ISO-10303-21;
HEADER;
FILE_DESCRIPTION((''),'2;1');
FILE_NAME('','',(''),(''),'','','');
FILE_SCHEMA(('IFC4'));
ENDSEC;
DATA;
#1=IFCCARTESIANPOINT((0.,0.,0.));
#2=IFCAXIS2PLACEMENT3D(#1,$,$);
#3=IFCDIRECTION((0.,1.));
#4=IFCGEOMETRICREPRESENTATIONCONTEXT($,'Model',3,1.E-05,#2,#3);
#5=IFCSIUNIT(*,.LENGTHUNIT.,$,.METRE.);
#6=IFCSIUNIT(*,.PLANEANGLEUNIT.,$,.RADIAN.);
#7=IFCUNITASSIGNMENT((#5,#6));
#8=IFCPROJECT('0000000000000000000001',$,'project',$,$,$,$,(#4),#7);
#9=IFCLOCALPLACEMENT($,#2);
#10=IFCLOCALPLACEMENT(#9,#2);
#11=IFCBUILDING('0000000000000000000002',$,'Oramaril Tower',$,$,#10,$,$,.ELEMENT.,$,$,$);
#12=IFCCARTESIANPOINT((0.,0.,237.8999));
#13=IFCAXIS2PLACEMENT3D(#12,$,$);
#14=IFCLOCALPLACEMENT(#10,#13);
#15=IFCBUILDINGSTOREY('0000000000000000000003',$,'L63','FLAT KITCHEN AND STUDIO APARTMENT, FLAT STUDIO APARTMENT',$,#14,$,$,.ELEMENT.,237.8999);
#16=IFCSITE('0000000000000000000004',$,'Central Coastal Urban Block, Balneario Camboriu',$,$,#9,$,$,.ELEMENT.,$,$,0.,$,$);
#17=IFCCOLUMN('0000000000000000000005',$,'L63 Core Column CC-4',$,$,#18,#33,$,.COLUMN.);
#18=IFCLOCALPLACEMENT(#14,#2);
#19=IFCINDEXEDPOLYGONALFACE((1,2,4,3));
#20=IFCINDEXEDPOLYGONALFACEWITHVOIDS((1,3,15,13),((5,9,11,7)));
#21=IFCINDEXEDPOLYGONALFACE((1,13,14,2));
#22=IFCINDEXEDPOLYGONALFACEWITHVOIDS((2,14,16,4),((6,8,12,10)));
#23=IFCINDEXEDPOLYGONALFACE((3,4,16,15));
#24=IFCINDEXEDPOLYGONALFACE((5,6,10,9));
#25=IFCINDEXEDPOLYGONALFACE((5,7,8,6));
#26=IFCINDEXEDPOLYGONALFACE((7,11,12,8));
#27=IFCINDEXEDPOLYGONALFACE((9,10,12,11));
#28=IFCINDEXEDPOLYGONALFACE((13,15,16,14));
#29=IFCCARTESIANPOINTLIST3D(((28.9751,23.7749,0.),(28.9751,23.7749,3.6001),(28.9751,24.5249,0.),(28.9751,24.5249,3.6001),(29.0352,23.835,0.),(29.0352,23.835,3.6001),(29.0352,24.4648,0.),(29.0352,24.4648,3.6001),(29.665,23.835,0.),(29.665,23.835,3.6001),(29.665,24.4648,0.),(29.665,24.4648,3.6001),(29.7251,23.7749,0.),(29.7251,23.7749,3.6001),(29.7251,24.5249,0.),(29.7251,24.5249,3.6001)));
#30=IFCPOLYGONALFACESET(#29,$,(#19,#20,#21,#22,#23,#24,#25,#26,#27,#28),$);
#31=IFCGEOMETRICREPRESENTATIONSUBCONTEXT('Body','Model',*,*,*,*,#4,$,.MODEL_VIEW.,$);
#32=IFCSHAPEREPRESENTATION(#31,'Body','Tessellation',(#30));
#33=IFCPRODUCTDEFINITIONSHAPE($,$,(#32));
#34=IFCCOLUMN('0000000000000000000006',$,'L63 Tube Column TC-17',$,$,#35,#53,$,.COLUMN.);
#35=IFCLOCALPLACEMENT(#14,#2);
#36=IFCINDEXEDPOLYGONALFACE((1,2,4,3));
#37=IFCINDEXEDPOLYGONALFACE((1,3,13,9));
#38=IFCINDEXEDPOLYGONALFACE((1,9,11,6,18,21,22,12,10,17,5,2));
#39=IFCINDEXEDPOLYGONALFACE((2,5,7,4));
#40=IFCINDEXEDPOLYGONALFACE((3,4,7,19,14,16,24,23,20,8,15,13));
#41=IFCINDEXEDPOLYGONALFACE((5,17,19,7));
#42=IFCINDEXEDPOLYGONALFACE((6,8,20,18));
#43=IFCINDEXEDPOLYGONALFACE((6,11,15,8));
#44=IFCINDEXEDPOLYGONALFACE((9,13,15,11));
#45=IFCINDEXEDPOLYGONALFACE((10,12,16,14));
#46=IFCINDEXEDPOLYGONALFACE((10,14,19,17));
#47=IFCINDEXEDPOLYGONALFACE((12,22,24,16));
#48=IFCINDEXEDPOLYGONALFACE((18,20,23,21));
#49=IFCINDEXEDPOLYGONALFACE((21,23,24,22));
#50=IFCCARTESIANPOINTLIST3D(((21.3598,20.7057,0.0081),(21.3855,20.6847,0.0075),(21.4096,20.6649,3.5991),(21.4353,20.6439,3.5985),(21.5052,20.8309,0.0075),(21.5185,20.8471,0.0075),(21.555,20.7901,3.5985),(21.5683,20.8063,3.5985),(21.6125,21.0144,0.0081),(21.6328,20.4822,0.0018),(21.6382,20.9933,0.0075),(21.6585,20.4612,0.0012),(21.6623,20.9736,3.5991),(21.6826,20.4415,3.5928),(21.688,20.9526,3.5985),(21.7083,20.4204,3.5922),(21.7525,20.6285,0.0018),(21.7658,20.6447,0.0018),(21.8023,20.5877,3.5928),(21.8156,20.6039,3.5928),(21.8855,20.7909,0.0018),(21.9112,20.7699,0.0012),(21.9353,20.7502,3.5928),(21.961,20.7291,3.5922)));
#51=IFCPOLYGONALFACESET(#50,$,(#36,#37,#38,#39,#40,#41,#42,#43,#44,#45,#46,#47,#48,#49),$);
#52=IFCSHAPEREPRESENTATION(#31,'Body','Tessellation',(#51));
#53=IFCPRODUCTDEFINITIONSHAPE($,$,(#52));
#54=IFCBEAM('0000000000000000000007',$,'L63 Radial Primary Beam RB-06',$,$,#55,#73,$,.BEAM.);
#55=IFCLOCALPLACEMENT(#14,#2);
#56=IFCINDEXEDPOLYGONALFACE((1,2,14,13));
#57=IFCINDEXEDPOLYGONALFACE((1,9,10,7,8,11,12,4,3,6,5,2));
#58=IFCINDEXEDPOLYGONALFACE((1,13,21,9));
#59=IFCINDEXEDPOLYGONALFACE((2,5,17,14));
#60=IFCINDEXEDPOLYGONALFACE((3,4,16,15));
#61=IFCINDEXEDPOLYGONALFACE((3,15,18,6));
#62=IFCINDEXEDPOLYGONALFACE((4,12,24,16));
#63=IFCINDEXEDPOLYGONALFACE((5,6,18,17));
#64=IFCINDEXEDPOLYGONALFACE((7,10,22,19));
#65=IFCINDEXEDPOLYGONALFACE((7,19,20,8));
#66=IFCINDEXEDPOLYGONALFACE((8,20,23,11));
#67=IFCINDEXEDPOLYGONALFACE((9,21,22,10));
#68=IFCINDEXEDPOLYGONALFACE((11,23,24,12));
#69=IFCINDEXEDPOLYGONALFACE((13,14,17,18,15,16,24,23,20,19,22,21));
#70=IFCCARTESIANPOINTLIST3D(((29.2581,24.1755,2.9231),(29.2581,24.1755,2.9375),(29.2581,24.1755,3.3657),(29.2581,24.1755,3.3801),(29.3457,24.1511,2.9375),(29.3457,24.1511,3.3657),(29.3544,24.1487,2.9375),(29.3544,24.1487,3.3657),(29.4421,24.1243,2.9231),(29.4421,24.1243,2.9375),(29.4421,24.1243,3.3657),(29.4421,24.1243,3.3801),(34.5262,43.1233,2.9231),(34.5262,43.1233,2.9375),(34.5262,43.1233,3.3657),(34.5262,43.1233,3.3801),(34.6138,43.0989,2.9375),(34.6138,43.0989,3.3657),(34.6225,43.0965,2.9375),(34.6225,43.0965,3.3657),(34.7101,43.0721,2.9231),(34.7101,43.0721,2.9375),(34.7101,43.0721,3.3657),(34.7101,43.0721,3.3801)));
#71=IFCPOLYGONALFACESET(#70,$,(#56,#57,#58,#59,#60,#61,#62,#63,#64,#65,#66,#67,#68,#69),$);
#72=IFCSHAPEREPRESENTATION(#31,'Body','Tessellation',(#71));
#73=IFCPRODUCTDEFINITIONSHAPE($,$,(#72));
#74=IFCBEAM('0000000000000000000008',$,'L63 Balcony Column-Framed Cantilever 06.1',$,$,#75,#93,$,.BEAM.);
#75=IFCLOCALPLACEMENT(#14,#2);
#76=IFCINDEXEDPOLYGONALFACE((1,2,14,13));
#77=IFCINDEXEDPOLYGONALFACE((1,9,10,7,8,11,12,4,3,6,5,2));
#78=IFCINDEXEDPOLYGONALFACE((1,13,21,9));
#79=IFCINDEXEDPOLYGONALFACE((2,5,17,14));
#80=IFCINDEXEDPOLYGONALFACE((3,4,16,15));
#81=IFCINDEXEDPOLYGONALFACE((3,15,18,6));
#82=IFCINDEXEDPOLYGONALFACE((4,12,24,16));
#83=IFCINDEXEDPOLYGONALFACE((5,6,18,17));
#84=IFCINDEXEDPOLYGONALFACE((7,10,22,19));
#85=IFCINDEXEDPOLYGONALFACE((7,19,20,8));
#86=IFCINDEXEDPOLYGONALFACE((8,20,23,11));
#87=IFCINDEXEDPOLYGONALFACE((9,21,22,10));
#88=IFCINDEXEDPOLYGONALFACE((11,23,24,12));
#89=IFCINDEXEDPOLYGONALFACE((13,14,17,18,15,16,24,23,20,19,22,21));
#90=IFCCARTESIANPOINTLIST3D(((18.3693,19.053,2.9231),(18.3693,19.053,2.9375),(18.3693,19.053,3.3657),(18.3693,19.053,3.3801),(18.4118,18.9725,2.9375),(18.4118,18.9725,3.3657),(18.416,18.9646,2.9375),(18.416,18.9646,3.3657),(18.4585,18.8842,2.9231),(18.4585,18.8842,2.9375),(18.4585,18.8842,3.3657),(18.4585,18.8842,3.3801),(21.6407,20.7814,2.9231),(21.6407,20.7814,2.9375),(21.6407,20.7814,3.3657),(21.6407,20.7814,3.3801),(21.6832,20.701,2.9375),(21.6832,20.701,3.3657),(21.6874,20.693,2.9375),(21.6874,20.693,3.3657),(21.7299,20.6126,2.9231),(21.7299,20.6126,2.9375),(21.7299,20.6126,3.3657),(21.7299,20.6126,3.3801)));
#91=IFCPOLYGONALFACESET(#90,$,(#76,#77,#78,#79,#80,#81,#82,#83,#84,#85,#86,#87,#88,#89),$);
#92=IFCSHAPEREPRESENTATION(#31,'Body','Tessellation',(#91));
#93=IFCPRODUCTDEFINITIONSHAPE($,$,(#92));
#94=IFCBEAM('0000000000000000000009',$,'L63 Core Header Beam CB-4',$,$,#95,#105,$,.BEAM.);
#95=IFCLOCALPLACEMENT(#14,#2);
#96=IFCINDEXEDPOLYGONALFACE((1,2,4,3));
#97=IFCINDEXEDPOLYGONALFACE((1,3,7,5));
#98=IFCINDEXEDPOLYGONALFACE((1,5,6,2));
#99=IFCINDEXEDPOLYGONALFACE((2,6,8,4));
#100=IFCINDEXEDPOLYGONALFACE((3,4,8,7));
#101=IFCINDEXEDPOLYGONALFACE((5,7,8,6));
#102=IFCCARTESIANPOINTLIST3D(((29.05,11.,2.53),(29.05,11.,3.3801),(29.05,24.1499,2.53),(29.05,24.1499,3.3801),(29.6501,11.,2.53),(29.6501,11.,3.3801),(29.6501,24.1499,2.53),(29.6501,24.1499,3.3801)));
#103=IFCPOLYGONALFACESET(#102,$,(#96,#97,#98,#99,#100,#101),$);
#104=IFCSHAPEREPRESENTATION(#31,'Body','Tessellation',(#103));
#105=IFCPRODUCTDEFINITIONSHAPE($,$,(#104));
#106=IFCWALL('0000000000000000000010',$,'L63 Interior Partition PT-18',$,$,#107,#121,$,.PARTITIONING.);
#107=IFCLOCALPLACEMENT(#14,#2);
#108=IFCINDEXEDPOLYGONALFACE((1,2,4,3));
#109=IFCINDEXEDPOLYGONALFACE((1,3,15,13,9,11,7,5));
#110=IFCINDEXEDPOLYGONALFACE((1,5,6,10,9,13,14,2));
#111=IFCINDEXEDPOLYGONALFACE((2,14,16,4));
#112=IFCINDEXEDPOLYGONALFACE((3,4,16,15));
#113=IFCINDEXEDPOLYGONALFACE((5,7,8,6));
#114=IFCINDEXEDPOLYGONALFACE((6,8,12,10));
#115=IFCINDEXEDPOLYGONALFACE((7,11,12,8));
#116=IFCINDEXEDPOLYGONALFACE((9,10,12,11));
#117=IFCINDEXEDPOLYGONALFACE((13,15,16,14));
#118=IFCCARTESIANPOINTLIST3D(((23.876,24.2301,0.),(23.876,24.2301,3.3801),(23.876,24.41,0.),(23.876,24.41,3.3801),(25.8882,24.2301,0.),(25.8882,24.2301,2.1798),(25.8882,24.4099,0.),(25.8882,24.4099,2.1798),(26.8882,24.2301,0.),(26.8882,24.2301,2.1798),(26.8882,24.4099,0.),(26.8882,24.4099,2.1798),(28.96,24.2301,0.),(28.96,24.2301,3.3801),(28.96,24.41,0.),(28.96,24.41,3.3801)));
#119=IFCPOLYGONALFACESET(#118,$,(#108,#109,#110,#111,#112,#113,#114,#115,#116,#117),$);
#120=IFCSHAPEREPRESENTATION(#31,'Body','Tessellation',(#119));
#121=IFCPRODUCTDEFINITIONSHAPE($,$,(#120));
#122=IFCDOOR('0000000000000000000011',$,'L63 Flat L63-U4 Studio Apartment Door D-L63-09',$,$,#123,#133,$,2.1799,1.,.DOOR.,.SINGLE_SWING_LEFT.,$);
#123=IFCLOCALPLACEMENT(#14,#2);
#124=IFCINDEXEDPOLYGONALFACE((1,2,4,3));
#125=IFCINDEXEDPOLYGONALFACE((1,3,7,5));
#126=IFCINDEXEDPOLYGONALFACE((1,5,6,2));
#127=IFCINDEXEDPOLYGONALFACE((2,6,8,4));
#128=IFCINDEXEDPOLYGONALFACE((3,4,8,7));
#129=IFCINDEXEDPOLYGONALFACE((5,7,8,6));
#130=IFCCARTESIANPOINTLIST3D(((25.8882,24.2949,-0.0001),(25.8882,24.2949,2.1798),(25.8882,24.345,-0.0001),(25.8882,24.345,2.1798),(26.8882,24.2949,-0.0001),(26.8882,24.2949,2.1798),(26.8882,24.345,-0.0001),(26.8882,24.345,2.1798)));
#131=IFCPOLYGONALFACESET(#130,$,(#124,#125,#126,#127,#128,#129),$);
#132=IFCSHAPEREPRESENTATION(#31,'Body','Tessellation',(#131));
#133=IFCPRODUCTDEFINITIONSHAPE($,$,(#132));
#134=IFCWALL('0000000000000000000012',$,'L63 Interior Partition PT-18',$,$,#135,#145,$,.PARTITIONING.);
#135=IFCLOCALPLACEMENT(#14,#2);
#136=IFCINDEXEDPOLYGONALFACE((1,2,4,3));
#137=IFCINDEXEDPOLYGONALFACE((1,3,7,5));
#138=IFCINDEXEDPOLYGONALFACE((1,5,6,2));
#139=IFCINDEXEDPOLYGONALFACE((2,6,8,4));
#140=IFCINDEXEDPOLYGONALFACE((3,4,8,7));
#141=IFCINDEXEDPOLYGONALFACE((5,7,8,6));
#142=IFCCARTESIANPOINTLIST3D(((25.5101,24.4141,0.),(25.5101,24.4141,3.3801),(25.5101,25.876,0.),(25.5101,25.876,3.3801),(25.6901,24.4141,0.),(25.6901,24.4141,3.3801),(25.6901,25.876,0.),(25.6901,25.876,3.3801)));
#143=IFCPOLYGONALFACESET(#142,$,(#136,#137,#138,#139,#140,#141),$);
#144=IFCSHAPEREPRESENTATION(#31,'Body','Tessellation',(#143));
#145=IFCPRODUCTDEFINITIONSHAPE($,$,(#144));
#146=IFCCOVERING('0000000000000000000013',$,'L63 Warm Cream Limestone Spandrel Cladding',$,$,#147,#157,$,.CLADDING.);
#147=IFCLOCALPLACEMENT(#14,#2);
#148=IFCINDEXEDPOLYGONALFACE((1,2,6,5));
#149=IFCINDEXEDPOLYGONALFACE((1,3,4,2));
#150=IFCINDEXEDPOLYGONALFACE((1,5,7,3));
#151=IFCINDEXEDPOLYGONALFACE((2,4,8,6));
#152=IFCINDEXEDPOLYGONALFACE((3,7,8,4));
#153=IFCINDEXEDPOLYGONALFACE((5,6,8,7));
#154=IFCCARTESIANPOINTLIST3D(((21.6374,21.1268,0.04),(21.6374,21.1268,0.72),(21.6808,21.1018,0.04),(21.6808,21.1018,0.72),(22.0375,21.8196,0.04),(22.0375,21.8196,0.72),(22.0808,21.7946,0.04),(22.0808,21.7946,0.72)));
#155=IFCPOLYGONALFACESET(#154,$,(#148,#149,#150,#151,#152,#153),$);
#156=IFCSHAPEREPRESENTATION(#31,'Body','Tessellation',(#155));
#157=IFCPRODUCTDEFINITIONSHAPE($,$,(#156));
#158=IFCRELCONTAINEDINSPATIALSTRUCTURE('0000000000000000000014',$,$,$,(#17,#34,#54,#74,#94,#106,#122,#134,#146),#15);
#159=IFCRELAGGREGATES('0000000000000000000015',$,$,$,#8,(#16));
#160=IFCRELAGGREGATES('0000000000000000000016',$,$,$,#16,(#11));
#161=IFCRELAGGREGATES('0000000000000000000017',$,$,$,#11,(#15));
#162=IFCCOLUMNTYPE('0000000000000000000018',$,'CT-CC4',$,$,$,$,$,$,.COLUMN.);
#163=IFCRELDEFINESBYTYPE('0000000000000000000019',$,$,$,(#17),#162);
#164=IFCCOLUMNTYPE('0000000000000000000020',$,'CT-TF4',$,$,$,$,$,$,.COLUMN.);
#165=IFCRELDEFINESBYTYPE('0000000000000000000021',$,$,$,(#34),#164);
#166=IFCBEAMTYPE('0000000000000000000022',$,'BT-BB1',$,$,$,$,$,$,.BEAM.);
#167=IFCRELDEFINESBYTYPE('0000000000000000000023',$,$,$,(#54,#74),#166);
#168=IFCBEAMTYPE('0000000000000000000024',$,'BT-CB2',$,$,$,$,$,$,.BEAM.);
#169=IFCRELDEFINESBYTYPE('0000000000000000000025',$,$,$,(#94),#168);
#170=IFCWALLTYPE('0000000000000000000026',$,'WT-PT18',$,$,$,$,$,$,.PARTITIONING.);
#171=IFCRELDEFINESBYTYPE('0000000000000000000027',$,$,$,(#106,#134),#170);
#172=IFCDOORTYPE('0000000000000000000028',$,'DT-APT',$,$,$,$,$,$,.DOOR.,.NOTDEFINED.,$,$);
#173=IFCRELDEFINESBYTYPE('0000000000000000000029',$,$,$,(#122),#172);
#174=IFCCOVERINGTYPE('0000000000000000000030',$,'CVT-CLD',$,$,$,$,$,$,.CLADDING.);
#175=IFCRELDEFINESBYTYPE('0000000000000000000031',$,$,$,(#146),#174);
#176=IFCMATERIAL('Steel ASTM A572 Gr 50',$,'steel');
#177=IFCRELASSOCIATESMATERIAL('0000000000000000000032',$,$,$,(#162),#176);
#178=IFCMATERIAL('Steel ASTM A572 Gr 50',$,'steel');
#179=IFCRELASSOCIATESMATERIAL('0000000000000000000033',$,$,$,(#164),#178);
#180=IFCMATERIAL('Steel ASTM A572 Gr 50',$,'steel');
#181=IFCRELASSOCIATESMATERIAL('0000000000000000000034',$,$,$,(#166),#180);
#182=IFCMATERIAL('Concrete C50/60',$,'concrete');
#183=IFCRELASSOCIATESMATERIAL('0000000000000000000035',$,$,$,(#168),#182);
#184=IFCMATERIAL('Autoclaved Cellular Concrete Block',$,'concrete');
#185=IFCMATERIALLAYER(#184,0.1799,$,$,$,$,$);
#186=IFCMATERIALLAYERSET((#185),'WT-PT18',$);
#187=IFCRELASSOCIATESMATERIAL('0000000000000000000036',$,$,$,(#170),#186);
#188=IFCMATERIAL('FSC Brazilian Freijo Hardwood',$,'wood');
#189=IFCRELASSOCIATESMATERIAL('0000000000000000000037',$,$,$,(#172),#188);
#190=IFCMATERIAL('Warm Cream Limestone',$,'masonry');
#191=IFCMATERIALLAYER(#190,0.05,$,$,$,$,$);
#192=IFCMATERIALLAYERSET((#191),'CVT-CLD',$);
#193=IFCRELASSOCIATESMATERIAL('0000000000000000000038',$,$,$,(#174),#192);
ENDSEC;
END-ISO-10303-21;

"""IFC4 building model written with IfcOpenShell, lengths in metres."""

from ifc_helpers import new_model, si_unit, direction, frame, frame_2d, origin, origin_2d, place, context, subcontext, project, spatial, rectangle, hollow_rectangle, i_section, extrude, material, layer, layer_set, material_profile, profile_set, type_object, element, fill, save


model = new_model("IFC4")

# Units and contexts
model_context = context("Model", 3, precision=1e-05, world=origin(), true_north=direction((0.0, 1.0)))
body_context = subcontext(model_context, "Body", "Model", "MODEL_VIEW")
ifc_project = project(units=[si_unit("LENGTHUNIT", "METRE"), si_unit("PLANEANGLEUNIT", "RADIAN")], contexts=[model_context])

# Site, building, storey
site_placement = place(None, origin())
site = spatial("IfcSite", under=ifc_project, at=site_placement, Name="Central Coastal Urban Block, Balneario Camboriu", CompositionType="ELEMENT", RefElevation=0.0)
building_placement = place(site_placement, origin())
building = spatial("IfcBuilding", under=site, at=building_placement, Name="Oramaril Tower", CompositionType="ELEMENT")
storey_placement = place(building_placement, frame((0.0, 0.0, 237.8999)))
storey = spatial("IfcBuildingStorey", under=building, at=storey_placement, Name="L63", Description="FLAT KITCHEN AND STUDIO APARTMENT, FLAT STUDIO APARTMENT", CompositionType="ELEMENT", Elevation=237.8999)

# Columns
ifc_material_1 = material(Name="Steel ASTM A572 Gr 50", Category="steel")
ifc_material_profile_1 = material_profile(ifc_material_1, hollow_rectangle(XDim=0.75, YDim=0.75, WallThickness=0.0601, at=origin_2d()), Name="BOX750X750X60")
ifc_profile_set_1 = profile_set([ifc_material_profile_1], Name="Steel ASTM A572 Gr 50")
column_type_1 = type_object("IfcColumnType", Name="CT-CC4", PredefinedType="COLUMN", material=ifc_profile_set_1)
column_1_placement = place(storey_placement, frame((29.3501, 24.1499, 0.0), z_axis=(0.0, 0.0, 1.0), x_axis=(1.0, 0.0, 0.0)))
element("IfcColumn", 1, at=column_1_placement, inside=storey, type_object=column_type_1, Name="L63 Core Column CC-4", PredefinedType="COLUMN", context=body_context, shape_type="SweptSolid", body=[
    extrude(hollow_rectangle(XDim=0.75, YDim=0.75, WallThickness=0.0601, at=origin_2d()), origin(), (0.0, 0.0, 1.0), 3.6001),
])
ifc_material_2 = material(Name="Steel ASTM A572 Gr 50", Category="steel")
ifc_material_profile_2 = material_profile(ifc_material_2, i_section(OverallWidth=0.3989, OverallDepth=0.386, WebThickness=0.021, FlangeThickness=0.0332, at=origin_2d()), Name="W14X176")
ifc_profile_set_2 = profile_set([ifc_material_profile_2], Name="Steel ASTM A572 Gr 50")
column_type_2 = type_object("IfcColumnType", Name="CT-TF4", PredefinedType="COLUMN", material=ifc_profile_set_2)
column_2_placement = place(storey_placement, frame((21.6355, 20.7378, 0.0046), z_axis=(0.013867, -0.011352, 0.999839), x_axis=(0.633444, 0.773788, 0.0)))
element("IfcColumn", 2, at=column_2_placement, inside=storey, type_object=column_type_2, Name="L63 Tube Column TC-17", PredefinedType="COLUMN", context=body_context, shape_type="SweptSolid", body=[
    extrude(i_section(OverallWidth=0.3989, OverallDepth=0.386, WebThickness=0.021, FlangeThickness=0.0332, at=origin_2d()), origin(), (0.0, 0.0, 1.0), 3.5916),
])

# Beams
ifc_material_3 = material(Name="Steel ASTM A572 Gr 50", Category="steel")
ifc_material_profile_3 = material_profile(ifc_material_3, i_section(OverallWidth=0.1909, OverallDepth=0.457, WebThickness=0.009, FlangeThickness=0.0144, at=origin_2d()), Name="W18X50")
ifc_profile_set_3 = profile_set([ifc_material_profile_3], Name="Steel ASTM A572 Gr 50")
beam_type_1 = type_object("IfcBeamType", Name="BT-BB1", PredefinedType="BEAM", material=ifc_profile_set_3)
beam_1_placement = place(storey_placement, frame((29.3501, 24.1499, 3.1516), z_axis=(0.267871, 0.963455, 0.0), x_axis=(-0.963455, 0.267871, 0.0)))
element("IfcBeam", 3, at=beam_1_placement, inside=storey, type_object=beam_type_1, Name="L63 Radial Primary Beam RB-06", PredefinedType="BEAM", context=body_context, shape_type="SweptSolid", body=[
    extrude(i_section(OverallWidth=0.1909, OverallDepth=0.457, WebThickness=0.009, FlangeThickness=0.0144, at=origin_2d()), origin(), (0.0, 0.0, 1.0), 19.6665),
])
beam_2_placement = place(storey_placement, frame((21.6853, 20.697, 3.1516), z_axis=(-0.884173, -0.46716, 0.0), x_axis=(0.46716, -0.884173, 0.0)))
element("IfcBeam", 4, at=beam_2_placement, inside=storey, type_object=beam_type_1, Name="L63 Balcony Column-Framed Cantilever 06.1", PredefinedType="BEAM", context=body_context, shape_type="SweptSolid", body=[
    extrude(i_section(OverallWidth=0.1909, OverallDepth=0.457, WebThickness=0.009, FlangeThickness=0.0144, at=origin_2d()), origin(), (0.0, 0.0, 1.0), 3.7),
])
ifc_material_4 = material(Name="Concrete C50/60", Category="concrete")
ifc_material_profile_4 = material_profile(ifc_material_4, rectangle(XDim=0.6001, YDim=0.8501, at=origin_2d()), Name="CB600X850")
ifc_profile_set_4 = profile_set([ifc_material_profile_4], Name="Concrete C50/60")
beam_type_2 = type_object("IfcBeamType", Name="BT-CB2", PredefinedType="BEAM", material=ifc_profile_set_4)
beam_3_placement = place(storey_placement, frame((29.3501, 24.1499, 2.9551), z_axis=(0.0, -1.0, 0.0), x_axis=(1.0, 0.0, 0.0)))
element("IfcBeam", 5, at=beam_3_placement, inside=storey, type_object=beam_type_2, Name="L63 Core Header Beam CB-4", PredefinedType="BEAM", context=body_context, shape_type="SweptSolid", body=[
    extrude(rectangle(XDim=0.6001, YDim=0.8501, at=origin_2d()), origin(), (0.0, 0.0, 1.0), 13.1499),
])

# Wall, opening, door
ifc_material_5 = material(Name="Autoclaved Cellular Concrete Block", Category="concrete")
ifc_layer_1 = layer(ifc_material_5, 0.1799)
ifc_layer_set_1 = layer_set([ifc_layer_1], Name="WT-PT18")
wall_type_1 = type_object("IfcWallType", Name="WT-PT18", PredefinedType="PARTITIONING", material=ifc_layer_set_1)
wall_1_placement = place(storey_placement, frame((23.876, 24.3201, 0.0), z_axis=(0.0, 0.0, 1.0), x_axis=(1.0, 0.0, 0.0)))
wall_1 = element("IfcWall", 6, at=wall_1_placement, inside=storey, type_object=wall_type_1, Name="L63 Interior Partition PT-18", PredefinedType="PARTITIONING", context=body_context, shape_type="SweptSolid", body=[
    extrude(rectangle(XDim=5.084, YDim=0.1799, at=frame_2d((2.542, 0.0))), origin(), (0.0, 0.0, 1.0), 3.3801),
])
opening_1_placement = place(wall_1_placement, frame((2.0122, 0.0, 0.0)))
opening_1 = element("IfcOpeningElement", 7, at=opening_1_placement, cuts=wall_1, PredefinedType="OPENING", context=body_context, shape_type="SweptSolid", body=[
    extrude(rectangle(XDim=1.0, YDim=2.1799, at=frame_2d((0.5, 1.0898))), frame((0.0, 0.0898, 0.0), z_axis=(0.0, -1.0, 0.0), x_axis=(1.0, 0.0, 0.0)), (0.0, 0.0, 1.0), 0.1799),
])
ifc_material_6 = material(Name="FSC Brazilian Freijo Hardwood", Category="wood")
door_type_1 = type_object("IfcDoorType", Name="DT-APT", OperationType="NOTDEFINED", PredefinedType="DOOR", material=ifc_material_6)
door_1_placement = place(opening_1_placement, origin())
door_1 = element("IfcDoor", 8, at=door_1_placement, inside=storey, type_object=door_type_1, Name="L63 Flat L63-U4 Studio Apartment Door D-L63-09", OperationType="SINGLE_SWING_LEFT", OverallHeight=2.1799, OverallWidth=1.0, PredefinedType="DOOR", context=body_context, shape_type="SweptSolid", body=[
    extrude(rectangle(XDim=1.0, YDim=2.1799, at=frame_2d((0.5, 1.0898))), frame((0.0, 0.0249, 0.0), z_axis=(0.0, -1.0, 0.0), x_axis=(1.0, 0.0, 0.0)), (0.0, 0.0, 1.0), 0.05),
])
fill(opening_1, door_1)

# Wall
wall_2_placement = place(storey_placement, frame((25.6001, 24.4141, 0.0), z_axis=(0.0, 0.0, 1.0), x_axis=(0.0, 1.0, 0.0)))
element("IfcWall", 9, at=wall_2_placement, inside=storey, type_object=wall_type_1, Name="L63 Interior Partition PT-18", PredefinedType="PARTITIONING", context=body_context, shape_type="SweptSolid", body=[
    extrude(rectangle(XDim=1.4619, YDim=0.1799, at=frame_2d((0.731, 0.0))), origin(), (0.0, 0.0, 1.0), 3.3801),
])

# Covering
ifc_material_7 = material(Name="Warm Cream Limestone", Category="masonry")
ifc_layer_2 = layer(ifc_material_7, 0.05)
ifc_layer_set_2 = layer_set([ifc_layer_2], Name="CVT-CLD")
covering_type = type_object("IfcCoveringType", Name="CVT-CLD", PredefinedType="CLADDING", material=ifc_layer_set_2)
covering_placement = place(storey_placement, frame((21.8591, 21.4607, 0.04), z_axis=(0.0, 0.0, 1.0), x_axis=(-0.500002, -0.866025, 0.0)))
element("IfcCovering", 10, at=covering_placement, inside=storey, type_object=covering_type, Name="L63 Warm Cream Limestone Spandrel Cladding", PredefinedType="CLADDING", context=body_context, shape_type="SweptSolid", body=[
    extrude(rectangle(XDim=0.8, YDim=0.05, at=origin_2d()), origin(), (0.0, 0.0, 1.0), 0.6799),
])

save(model, "model.ifc")
